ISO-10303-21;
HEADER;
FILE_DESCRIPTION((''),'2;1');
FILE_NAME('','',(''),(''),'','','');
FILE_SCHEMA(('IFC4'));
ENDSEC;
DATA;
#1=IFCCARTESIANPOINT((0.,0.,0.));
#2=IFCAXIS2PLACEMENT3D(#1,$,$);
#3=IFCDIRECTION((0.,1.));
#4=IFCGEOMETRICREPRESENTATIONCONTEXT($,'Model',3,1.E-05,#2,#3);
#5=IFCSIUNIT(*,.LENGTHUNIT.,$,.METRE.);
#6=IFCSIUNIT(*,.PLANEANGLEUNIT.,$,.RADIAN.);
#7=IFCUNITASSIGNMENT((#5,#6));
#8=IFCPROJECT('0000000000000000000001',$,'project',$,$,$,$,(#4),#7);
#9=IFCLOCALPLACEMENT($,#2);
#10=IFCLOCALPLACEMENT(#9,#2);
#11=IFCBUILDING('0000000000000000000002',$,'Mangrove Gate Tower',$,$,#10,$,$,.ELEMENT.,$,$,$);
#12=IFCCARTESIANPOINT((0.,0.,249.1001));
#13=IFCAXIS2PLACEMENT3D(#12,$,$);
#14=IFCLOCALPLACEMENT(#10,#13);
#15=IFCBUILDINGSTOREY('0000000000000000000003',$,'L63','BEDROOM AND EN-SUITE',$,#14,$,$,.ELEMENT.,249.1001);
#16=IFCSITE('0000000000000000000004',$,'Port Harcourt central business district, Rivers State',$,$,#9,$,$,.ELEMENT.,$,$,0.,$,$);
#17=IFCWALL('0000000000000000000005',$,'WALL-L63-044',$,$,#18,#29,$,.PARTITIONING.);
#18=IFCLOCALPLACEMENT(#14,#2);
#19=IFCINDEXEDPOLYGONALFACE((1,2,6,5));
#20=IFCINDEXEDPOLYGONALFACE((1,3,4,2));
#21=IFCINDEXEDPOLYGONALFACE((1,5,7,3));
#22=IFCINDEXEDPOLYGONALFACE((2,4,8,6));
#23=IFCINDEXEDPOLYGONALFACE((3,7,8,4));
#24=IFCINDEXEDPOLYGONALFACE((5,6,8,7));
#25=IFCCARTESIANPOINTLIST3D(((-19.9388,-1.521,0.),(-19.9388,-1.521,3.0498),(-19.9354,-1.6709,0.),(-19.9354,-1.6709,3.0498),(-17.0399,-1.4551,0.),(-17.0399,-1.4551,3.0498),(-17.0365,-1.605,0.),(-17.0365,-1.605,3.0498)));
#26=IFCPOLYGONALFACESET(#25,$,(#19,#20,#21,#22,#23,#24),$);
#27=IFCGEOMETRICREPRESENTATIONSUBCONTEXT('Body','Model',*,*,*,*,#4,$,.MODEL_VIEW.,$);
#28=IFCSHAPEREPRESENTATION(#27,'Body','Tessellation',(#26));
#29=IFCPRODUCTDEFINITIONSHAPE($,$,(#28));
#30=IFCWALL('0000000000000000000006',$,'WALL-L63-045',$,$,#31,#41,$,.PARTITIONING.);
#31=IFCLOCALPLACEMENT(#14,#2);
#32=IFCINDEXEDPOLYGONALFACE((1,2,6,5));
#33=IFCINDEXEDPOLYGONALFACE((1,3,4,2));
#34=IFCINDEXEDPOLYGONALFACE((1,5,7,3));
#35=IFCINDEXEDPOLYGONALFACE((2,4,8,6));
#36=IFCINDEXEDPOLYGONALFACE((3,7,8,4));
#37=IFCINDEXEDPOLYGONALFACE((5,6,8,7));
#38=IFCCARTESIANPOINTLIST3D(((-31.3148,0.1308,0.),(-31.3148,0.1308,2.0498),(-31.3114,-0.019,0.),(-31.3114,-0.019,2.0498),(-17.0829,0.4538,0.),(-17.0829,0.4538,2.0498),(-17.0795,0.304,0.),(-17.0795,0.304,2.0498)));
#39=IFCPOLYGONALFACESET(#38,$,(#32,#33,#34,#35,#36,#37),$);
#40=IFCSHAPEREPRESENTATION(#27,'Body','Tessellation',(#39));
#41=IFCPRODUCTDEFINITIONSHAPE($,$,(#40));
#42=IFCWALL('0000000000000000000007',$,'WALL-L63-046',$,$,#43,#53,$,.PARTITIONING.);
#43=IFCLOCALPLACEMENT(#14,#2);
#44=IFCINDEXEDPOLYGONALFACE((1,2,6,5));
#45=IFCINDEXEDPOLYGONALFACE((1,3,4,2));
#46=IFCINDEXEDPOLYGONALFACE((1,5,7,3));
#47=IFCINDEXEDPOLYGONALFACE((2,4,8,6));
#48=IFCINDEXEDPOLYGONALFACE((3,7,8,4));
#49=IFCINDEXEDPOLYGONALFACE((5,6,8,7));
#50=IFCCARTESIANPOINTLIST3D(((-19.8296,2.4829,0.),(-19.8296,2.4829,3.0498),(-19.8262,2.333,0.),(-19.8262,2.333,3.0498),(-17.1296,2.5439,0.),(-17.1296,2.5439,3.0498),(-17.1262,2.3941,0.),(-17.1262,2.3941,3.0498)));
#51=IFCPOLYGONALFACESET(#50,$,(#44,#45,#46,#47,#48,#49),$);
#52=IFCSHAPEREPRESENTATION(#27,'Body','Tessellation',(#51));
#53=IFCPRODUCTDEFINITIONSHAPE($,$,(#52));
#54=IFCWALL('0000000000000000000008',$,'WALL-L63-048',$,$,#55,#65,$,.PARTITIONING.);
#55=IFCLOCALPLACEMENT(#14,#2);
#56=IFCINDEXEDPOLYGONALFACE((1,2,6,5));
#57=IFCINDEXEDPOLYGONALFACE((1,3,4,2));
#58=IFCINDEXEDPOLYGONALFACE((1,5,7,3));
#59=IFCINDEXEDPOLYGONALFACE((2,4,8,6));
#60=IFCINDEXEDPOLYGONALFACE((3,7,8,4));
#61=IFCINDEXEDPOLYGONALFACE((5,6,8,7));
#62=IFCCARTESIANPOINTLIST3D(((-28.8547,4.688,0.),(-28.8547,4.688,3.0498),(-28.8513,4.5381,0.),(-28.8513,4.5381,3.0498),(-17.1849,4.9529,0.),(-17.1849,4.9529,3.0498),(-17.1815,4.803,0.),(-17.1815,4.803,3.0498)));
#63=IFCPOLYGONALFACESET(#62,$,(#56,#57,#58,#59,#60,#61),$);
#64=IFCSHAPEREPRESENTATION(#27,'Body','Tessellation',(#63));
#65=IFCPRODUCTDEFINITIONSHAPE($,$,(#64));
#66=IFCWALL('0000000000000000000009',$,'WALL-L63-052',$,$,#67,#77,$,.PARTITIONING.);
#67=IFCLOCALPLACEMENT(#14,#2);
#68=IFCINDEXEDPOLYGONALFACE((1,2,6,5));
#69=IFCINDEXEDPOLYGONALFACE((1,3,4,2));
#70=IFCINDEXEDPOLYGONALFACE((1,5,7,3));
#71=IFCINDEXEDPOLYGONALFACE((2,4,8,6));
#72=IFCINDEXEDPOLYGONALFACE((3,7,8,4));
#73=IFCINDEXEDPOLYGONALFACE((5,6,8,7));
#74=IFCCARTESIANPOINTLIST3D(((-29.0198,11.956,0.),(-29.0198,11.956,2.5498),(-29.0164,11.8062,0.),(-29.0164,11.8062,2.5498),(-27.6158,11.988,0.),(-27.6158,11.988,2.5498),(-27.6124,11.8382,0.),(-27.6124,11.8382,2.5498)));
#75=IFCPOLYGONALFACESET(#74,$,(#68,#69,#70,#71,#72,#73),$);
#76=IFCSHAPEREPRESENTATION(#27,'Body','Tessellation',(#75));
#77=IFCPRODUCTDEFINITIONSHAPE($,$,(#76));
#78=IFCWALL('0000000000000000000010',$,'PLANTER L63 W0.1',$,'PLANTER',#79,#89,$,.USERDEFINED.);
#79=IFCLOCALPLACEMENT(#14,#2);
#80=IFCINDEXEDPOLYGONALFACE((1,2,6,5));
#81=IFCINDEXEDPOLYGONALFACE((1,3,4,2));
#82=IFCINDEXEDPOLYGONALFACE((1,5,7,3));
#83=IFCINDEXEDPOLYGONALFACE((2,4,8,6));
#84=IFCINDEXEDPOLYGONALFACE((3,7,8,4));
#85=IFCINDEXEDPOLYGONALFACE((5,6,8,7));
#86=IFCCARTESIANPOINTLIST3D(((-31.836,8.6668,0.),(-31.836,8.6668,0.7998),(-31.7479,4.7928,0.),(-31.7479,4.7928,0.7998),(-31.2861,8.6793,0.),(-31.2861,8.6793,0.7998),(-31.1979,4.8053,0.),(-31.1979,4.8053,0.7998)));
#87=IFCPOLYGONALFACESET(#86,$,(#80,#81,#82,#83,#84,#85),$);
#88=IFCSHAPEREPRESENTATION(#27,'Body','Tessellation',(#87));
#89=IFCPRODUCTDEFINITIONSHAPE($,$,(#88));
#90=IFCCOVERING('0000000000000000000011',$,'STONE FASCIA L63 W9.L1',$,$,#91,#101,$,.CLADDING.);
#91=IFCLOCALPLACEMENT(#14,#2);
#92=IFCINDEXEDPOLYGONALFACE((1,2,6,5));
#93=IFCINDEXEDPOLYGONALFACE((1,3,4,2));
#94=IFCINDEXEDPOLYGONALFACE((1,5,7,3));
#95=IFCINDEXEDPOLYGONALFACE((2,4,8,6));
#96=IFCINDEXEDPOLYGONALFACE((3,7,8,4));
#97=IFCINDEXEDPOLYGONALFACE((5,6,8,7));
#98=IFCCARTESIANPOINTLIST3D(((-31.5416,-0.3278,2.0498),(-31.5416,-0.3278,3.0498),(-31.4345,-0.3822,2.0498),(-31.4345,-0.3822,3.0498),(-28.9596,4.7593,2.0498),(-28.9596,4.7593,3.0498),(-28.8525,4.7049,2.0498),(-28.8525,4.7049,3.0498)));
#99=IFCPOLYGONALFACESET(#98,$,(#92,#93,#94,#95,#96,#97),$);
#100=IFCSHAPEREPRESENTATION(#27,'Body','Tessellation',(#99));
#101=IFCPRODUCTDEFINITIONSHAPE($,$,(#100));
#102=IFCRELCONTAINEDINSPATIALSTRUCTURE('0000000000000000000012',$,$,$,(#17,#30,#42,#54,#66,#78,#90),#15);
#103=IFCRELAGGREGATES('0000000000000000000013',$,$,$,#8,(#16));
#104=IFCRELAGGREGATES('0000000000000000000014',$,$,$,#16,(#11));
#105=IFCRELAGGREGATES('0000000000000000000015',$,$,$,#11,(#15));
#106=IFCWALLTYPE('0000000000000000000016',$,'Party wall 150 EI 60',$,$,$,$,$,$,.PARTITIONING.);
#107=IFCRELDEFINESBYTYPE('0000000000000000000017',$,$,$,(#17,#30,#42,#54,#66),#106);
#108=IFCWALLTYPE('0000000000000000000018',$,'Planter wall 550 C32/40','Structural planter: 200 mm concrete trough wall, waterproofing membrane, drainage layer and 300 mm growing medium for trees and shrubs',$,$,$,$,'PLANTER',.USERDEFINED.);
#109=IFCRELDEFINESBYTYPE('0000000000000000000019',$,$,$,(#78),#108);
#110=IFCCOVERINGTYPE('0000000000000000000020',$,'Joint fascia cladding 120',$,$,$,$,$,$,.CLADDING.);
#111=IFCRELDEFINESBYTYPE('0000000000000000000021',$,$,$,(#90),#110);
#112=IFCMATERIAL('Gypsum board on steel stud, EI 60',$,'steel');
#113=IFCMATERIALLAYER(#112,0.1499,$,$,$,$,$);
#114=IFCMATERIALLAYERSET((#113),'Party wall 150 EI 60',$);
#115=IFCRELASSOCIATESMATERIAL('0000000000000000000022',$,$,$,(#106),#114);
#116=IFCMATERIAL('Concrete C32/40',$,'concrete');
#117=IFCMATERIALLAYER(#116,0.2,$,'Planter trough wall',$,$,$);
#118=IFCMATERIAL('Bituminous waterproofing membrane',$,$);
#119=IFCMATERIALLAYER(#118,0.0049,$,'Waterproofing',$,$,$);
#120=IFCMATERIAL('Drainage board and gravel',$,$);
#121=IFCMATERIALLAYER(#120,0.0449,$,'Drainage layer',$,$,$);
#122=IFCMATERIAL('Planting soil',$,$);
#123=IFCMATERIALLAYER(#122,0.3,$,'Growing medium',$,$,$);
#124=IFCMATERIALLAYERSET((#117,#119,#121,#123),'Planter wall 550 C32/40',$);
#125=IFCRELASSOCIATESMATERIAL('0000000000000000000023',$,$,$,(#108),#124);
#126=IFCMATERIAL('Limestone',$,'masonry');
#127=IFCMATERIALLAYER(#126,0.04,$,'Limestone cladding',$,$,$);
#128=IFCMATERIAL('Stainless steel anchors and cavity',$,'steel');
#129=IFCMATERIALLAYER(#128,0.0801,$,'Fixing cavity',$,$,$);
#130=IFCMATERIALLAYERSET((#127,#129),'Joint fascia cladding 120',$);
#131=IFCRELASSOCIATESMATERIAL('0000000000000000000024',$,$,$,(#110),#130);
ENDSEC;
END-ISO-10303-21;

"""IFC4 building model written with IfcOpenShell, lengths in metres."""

from ifc_helpers import new_model, si_unit, direction, frame, frame_2d, origin, place, context, subcontext, project, spatial, rectangle, extrude, material, layer, layer_set, type_object, element, save


model = new_model("IFC4")

# Units and contexts
model_context = context("Model", 3, precision=1e-05, world=origin(), true_north=direction((0.0, 1.0)))
body_context = subcontext(model_context, "Body", "Model", "MODEL_VIEW")
ifc_project = project(units=[si_unit("LENGTHUNIT", "METRE"), si_unit("PLANEANGLEUNIT", "RADIAN")], contexts=[model_context])

# Site, building, storey
site_placement = place(None, origin())
site = spatial("IfcSite", under=ifc_project, at=site_placement, Name="Port Harcourt central business district, Rivers State", CompositionType="ELEMENT", RefElevation=0.0)
building_placement = place(site_placement, origin())
building = spatial("IfcBuilding", under=site, at=building_placement, Name="Mangrove Gate Tower", CompositionType="ELEMENT")
storey_placement = place(building_placement, frame((0.0, 0.0, 249.1001)))
storey = spatial("IfcBuildingStorey", under=building, at=storey_placement, Name="L63", Description="BEDROOM AND EN-SUITE", CompositionType="ELEMENT", Elevation=249.1001)

# Shared definitions
ifc_material_1 = material(Name="Limestone", Category="masonry")

# Walls
ifc_material_2 = material(Name="Gypsum board on steel stud, EI 60", Category="steel")
ifc_layer_1 = layer(ifc_material_2, 0.1499)
ifc_layer_set_1 = layer_set([ifc_layer_1], Name="Party wall 150 EI 60")
wall_type_1 = type_object("IfcWallType", Name="Party wall 150 EI 60", PredefinedType="PARTITIONING", material=ifc_layer_set_1)
wall_1_placement = place(storey_placement, frame((-19.937, -1.5959, 0.0), z_axis=(0.0, 0.0, 1.0), x_axis=(0.999742, 0.022733, 0.0)))
element("IfcWall", 1, at=wall_1_placement, inside=storey, type_object=wall_type_1, Name="WALL-L63-044", PredefinedType="PARTITIONING", context=body_context, shape_type="SweptSolid", body=[
    extrude(rectangle(XDim=2.8997, YDim=0.1499, at=frame_2d((1.4497, 0.0))), origin(), (0.0, 0.0, 1.0), 3.0498),
])
wall_2_placement = place(storey_placement, frame((-31.313, 0.0559, 0.0), z_axis=(0.0, 0.0, 1.0), x_axis=(0.999743, 0.022689, 0.0)))
element("IfcWall", 2, at=wall_2_placement, inside=storey, type_object=wall_type_1, Name="WALL-L63-045", PredefinedType="PARTITIONING", context=body_context, shape_type="SweptSolid", body=[
    extrude(rectangle(XDim=14.2356, YDim=0.1499, at=frame_2d((7.1177, 0.0))), origin(), (0.0, 0.0, 1.0), 2.0498),
])
wall_3_placement = place(storey_placement, frame((-19.8279, 2.408, 0.0), z_axis=(0.0, 0.0, 1.0), x_axis=(0.999745, 0.0226, 0.0)))
element("IfcWall", 3, at=wall_3_placement, inside=storey, type_object=wall_type_1, Name="WALL-L63-046", PredefinedType="PARTITIONING", context=body_context, shape_type="SweptSolid", body=[
    extrude(rectangle(XDim=2.7007, YDim=0.1499, at=frame_2d((1.3503, 0.0))), origin(), (0.0, 0.0, 1.0), 3.0498),
])
wall_4_placement = place(storey_placement, frame((-28.853, 4.613, 0.0), z_axis=(0.0, 0.0, 1.0), x_axis=(0.999742, 0.022693, 0.0)))
element("IfcWall", 4, at=wall_4_placement, inside=storey, type_object=wall_type_1, Name="WALL-L63-048", PredefinedType="PARTITIONING", context=body_context, shape_type="SweptSolid", body=[
    extrude(rectangle(XDim=11.6729, YDim=0.1499, at=frame_2d((5.8364, 0.0))), origin(), (0.0, 0.0, 1.0), 3.0498),
])
wall_5_placement = place(storey_placement, frame((-29.0181, 11.8811, 0.0), z_axis=(0.0, 0.0, 1.0), x_axis=(0.999741, 0.022773, 0.0)))
element("IfcWall", 5, at=wall_5_placement, inside=storey, type_object=wall_type_1, Name="WALL-L63-052", PredefinedType="PARTITIONING", context=body_context, shape_type="SweptSolid", body=[
    extrude(rectangle(XDim=1.4043, YDim=0.1499, at=frame_2d((0.7021, 0.0))), origin(), (0.0, 0.0, 1.0), 2.5498),
])
ifc_material_3 = material(Name="Concrete C32/40", Category="concrete")
ifc_layer_2 = layer(ifc_material_3, 0.2, Name="Planter trough wall")
ifc_material_4 = material(Name="Bituminous waterproofing membrane")
ifc_layer_3 = layer(ifc_material_4, 0.0049, Name="Waterproofing")
ifc_material_5 = material(Name="Drainage board and gravel")
ifc_layer_4 = layer(ifc_material_5, 0.0449, Name="Drainage layer")
ifc_material_6 = material(Name="Planting soil")
ifc_layer_5 = layer(ifc_material_6, 0.3, Name="Growing medium")
ifc_layer_set_2 = layer_set([ifc_layer_2, ifc_layer_3, ifc_layer_4, ifc_layer_5], Name="Planter wall 550 C32/40")
wall_type_2 = type_object("IfcWallType", Name="Planter wall 550 C32/40", Description="Structural planter: 200 mm concrete trough wall, waterproofing membrane, drainage layer and 300 mm growing medium for trees and shrubs", ElementType="PLANTER", PredefinedType="USERDEFINED", material=ifc_layer_set_2)
wall_6_placement = place(storey_placement, frame((-31.4729, 4.7991, 0.0), z_axis=(0.0, 0.0, 1.0), x_axis=(-0.022744, 0.999741, 0.0)))
element("IfcWall", 6, at=wall_6_placement, inside=storey, type_object=wall_type_2, Name="PLANTER L63 W0.1", ObjectType="PLANTER", PredefinedType="USERDEFINED", context=body_context, shape_type="SweptSolid", body=[
    extrude(rectangle(XDim=3.875, YDim=0.55, at=frame_2d((1.9375, 0.0))), origin(), (0.0, 0.0, 1.0), 0.7998),
])

# Covering
ifc_layer_6 = layer(ifc_material_1, 0.04, Name="Limestone cladding")
ifc_material_7 = material(Name="Stainless steel anchors and cavity", Category="steel")
ifc_layer_7 = layer(ifc_material_7, 0.0801, Name="Fixing cavity")
ifc_layer_set_3 = layer_set([ifc_layer_6, ifc_layer_7], Name="Joint fascia cladding 120")
covering_type = type_object("IfcCoveringType", Name="Joint fascia cladding 120", PredefinedType="CLADDING", material=ifc_layer_set_3)
covering_placement = place(storey_placement, frame((-28.906, 4.7322, 2.0498), z_axis=(0.0, 0.0, 1.0), x_axis=(-0.452598, -0.891715, 0.0)))
element("IfcCovering", 7, at=covering_placement, inside=storey, type_object=covering_type, Name="STONE FASCIA L63 W9.L1", PredefinedType="CLADDING", context=body_context, shape_type="SweptSolid", body=[
    extrude(rectangle(XDim=5.7048, YDim=0.1201, at=frame_2d((2.8525, 0.0))), origin(), (0.0, 0.0, 1.0), 1.0),
])

save(model, "model.ifc")
